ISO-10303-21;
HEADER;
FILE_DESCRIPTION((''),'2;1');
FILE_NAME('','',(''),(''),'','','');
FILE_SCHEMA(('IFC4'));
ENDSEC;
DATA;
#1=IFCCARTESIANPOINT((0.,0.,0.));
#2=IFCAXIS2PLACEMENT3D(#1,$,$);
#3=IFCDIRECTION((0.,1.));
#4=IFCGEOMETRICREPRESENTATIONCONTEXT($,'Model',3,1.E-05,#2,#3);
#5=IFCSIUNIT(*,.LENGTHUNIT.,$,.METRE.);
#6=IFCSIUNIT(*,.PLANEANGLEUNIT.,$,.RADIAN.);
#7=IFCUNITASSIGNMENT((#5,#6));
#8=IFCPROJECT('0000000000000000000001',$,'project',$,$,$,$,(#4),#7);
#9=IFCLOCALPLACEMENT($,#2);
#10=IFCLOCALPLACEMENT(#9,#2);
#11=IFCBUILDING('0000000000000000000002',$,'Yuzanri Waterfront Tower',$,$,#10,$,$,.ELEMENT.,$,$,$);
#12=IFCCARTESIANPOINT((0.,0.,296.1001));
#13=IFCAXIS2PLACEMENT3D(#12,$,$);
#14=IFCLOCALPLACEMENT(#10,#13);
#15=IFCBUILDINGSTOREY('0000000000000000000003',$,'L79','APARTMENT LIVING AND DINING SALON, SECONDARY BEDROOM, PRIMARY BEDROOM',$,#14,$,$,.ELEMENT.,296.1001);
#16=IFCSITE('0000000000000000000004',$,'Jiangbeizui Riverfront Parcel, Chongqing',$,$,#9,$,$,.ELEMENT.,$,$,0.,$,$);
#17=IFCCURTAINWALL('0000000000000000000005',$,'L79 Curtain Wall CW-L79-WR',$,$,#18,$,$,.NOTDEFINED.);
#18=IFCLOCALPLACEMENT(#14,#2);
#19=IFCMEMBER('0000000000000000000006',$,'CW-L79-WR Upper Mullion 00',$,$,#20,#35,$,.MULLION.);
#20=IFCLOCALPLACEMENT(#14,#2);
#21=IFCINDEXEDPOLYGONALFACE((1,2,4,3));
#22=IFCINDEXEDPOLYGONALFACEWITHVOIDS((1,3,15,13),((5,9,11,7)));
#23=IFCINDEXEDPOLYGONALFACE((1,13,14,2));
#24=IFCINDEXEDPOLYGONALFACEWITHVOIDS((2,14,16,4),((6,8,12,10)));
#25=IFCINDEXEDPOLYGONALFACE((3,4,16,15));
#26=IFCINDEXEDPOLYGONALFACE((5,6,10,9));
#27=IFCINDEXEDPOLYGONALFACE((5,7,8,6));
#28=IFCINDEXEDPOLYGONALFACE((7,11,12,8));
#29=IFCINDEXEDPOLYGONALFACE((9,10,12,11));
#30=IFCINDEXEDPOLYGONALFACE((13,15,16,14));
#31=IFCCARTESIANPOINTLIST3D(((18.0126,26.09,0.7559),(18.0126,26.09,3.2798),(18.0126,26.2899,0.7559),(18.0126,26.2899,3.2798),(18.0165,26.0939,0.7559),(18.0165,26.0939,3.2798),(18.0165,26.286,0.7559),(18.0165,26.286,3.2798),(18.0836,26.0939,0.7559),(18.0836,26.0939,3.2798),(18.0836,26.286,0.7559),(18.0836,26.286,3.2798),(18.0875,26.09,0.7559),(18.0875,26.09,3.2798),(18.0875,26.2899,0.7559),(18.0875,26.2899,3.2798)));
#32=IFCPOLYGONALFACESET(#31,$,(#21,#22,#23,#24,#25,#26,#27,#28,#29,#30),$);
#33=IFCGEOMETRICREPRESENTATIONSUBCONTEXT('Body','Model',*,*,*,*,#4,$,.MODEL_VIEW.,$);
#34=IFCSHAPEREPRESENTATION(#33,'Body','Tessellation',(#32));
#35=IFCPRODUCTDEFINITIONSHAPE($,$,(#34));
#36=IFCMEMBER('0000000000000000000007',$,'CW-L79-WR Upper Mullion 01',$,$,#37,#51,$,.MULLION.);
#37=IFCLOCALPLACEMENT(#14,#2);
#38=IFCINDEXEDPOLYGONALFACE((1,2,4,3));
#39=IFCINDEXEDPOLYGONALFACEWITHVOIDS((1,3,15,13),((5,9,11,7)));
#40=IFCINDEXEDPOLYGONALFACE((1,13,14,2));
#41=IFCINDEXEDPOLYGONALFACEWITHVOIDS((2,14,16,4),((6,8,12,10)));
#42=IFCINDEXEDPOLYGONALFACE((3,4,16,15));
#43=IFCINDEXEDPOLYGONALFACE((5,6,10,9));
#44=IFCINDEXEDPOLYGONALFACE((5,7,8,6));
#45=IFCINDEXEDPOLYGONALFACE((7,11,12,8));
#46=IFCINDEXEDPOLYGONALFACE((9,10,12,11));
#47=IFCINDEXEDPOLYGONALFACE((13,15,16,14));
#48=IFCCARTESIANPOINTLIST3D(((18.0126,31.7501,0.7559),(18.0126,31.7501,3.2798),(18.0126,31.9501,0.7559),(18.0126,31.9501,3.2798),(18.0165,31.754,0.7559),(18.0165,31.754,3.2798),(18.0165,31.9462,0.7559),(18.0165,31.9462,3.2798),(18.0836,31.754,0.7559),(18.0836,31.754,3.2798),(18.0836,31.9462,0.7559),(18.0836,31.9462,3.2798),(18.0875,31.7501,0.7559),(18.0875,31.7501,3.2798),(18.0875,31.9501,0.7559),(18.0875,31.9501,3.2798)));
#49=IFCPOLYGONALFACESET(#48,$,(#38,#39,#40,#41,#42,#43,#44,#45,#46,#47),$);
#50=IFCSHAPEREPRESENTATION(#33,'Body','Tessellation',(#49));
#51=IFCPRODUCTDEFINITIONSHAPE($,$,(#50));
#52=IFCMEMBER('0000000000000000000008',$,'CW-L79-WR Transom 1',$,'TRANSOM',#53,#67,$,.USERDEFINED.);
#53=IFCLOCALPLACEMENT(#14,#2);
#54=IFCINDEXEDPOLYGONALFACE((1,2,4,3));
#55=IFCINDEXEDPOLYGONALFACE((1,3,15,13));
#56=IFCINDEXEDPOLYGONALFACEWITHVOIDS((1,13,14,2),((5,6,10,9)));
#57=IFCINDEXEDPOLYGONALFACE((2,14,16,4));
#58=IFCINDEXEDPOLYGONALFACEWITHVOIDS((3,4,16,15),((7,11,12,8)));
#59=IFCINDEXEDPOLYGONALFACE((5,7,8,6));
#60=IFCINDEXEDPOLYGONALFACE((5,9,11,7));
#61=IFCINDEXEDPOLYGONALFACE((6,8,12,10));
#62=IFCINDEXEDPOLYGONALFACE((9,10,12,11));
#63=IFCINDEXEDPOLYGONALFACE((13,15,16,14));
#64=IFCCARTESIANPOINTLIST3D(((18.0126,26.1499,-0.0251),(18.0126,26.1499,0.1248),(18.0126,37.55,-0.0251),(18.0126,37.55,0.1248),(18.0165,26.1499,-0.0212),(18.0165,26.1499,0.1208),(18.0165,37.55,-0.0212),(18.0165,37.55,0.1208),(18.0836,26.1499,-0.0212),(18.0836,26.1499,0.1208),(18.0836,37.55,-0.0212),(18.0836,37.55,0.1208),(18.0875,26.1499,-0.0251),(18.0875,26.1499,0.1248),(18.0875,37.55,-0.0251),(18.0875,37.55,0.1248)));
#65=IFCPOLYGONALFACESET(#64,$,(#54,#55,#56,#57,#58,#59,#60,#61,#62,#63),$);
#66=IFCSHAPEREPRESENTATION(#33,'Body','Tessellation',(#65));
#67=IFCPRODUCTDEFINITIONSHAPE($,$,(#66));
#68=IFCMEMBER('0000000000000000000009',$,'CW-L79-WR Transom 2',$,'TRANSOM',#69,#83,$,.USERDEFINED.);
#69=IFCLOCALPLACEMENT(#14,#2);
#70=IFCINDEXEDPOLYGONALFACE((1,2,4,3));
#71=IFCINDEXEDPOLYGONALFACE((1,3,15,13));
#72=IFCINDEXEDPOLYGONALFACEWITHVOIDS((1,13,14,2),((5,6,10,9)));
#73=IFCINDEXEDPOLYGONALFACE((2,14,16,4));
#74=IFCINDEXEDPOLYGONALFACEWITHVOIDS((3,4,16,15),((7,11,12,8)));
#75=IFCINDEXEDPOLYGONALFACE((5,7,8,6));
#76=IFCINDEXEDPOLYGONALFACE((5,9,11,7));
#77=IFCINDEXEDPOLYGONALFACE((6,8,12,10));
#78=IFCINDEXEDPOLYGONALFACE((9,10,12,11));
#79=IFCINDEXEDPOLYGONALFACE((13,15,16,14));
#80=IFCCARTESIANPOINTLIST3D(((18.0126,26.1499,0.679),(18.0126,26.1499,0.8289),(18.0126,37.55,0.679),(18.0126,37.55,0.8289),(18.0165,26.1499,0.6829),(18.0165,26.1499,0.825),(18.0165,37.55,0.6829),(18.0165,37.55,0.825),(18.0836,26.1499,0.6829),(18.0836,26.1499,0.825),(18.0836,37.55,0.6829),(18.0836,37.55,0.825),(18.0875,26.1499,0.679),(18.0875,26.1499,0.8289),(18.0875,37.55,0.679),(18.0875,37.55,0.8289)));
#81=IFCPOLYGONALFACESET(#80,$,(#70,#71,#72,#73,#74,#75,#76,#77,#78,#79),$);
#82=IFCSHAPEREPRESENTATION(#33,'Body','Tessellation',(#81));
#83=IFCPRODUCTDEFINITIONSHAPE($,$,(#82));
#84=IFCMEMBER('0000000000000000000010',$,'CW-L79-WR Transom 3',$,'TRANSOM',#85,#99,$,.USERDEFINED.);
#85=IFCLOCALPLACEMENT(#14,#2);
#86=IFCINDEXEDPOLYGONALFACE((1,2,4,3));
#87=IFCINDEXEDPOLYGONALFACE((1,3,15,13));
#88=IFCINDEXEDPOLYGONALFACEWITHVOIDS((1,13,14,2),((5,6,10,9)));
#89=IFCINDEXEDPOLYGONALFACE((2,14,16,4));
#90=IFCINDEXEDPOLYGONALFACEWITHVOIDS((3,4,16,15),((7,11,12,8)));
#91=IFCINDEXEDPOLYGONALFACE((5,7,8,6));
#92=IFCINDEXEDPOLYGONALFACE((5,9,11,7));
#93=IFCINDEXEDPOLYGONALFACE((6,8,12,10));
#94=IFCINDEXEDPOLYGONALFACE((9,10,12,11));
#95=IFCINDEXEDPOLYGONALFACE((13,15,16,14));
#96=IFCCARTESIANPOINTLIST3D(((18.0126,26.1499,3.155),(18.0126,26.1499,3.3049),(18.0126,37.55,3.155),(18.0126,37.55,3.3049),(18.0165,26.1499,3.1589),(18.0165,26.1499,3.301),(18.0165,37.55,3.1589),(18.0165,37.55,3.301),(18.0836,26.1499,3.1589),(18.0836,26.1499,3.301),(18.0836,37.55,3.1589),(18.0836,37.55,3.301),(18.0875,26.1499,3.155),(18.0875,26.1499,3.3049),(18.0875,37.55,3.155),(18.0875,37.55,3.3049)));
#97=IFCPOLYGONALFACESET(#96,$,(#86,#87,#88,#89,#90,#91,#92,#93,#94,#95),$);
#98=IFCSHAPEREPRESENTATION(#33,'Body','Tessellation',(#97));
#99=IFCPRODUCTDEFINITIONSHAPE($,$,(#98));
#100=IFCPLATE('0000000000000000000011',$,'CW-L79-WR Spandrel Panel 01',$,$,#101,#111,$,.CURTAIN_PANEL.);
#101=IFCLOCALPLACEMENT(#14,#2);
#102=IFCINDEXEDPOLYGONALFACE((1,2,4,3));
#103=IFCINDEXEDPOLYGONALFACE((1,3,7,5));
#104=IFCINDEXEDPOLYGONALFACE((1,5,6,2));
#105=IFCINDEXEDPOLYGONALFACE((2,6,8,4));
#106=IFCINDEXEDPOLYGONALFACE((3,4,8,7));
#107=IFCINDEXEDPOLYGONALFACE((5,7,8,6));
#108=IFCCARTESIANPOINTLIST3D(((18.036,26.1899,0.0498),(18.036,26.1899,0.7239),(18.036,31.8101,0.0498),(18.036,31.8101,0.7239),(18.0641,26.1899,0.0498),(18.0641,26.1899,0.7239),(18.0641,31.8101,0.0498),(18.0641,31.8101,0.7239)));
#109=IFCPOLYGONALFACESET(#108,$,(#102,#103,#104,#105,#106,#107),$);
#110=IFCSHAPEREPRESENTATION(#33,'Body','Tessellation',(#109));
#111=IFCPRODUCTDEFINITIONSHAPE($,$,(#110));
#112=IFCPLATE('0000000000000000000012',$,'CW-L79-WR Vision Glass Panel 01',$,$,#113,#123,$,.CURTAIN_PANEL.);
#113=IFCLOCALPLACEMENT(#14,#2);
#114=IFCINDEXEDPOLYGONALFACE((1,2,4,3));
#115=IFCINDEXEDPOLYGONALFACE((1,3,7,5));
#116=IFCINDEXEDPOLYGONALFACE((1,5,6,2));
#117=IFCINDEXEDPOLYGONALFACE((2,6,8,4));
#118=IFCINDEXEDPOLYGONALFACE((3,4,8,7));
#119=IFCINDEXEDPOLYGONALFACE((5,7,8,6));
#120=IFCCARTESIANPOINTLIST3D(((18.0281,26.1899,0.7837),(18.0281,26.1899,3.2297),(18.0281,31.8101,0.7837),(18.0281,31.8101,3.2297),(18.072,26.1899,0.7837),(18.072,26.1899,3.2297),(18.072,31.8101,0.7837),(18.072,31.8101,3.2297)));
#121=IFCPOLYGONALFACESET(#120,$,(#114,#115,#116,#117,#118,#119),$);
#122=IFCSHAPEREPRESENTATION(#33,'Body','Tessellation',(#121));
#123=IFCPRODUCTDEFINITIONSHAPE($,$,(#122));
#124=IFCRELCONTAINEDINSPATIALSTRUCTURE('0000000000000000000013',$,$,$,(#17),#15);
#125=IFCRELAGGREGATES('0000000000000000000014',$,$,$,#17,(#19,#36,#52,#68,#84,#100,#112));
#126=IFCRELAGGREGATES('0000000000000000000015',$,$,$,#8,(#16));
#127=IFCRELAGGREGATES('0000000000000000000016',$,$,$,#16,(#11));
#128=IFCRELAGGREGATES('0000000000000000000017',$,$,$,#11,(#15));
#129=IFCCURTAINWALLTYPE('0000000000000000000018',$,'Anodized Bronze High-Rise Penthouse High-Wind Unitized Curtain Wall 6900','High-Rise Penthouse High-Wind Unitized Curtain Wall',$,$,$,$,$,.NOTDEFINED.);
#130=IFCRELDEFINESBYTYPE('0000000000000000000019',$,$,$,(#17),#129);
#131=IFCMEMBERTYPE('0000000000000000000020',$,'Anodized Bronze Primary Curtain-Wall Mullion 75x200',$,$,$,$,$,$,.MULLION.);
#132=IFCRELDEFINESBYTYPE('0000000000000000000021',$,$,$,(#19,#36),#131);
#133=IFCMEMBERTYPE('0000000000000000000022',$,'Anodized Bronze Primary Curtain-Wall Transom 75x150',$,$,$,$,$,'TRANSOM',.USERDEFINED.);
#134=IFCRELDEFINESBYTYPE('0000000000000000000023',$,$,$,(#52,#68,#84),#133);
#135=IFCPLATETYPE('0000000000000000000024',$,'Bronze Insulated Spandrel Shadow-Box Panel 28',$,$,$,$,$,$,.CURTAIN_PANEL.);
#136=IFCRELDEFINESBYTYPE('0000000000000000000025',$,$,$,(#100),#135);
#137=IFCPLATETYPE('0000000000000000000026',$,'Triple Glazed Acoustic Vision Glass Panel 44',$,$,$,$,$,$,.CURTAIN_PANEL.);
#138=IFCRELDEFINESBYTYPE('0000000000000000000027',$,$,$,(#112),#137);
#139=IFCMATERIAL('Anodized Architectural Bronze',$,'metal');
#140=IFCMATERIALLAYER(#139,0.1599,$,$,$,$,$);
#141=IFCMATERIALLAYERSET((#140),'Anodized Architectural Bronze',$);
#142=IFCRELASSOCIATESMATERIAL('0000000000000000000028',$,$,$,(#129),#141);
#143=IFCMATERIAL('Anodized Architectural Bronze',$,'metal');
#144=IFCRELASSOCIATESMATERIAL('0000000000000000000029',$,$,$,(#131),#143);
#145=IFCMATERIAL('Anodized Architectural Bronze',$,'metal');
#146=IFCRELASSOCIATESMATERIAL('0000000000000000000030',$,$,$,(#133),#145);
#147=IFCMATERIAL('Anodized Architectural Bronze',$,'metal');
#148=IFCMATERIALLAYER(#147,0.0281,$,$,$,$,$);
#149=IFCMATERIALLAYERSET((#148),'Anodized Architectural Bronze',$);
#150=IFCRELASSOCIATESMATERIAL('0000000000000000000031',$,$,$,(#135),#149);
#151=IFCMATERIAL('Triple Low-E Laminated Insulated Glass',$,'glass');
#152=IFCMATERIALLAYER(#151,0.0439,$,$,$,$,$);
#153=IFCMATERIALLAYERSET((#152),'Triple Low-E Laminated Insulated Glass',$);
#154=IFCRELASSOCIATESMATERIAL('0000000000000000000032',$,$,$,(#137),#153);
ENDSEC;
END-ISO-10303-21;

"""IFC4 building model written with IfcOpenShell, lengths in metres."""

from ifc_helpers import new_model, si_unit, direction, frame, origin, origin_2d, place, context, subcontext, project, spatial, rectangle, hollow_rectangle, extrude, source, transform, mapped, material, layer, layer_set, material_profile, profile_set, type_object, element, aggregate, save


model = new_model("IFC4")

# Units and contexts
model_context = context("Model", 3, precision=1e-05, world=origin(), true_north=direction((0.0, 1.0)))
body_context = subcontext(model_context, "Body", "Model", "MODEL_VIEW")
ifc_project = project(units=[si_unit("LENGTHUNIT", "METRE"), si_unit("PLANEANGLEUNIT", "RADIAN")], contexts=[model_context])

# Site, building, storey
site_placement = place(None, origin())
site = spatial("IfcSite", under=ifc_project, at=site_placement, Name="Jiangbeizui Riverfront Parcel, Chongqing", CompositionType="ELEMENT", RefElevation=0.0)
building_placement = place(site_placement, origin())
building = spatial("IfcBuilding", under=site, at=building_placement, Name="Yuzanri Waterfront Tower", CompositionType="ELEMENT")
storey_placement = place(building_placement, frame((0.0, 0.0, 296.1001)))
storey = spatial("IfcBuildingStorey", under=building, at=storey_placement, Name="L79", Description="APARTMENT LIVING AND DINING SALON, SECONDARY BEDROOM, PRIMARY BEDROOM", CompositionType="ELEMENT", Elevation=296.1001)

# Shared definitions
ifc_material_1 = material(Name="Anodized Architectural Bronze", Category="metal")
ifc_layer_1 = layer(ifc_material_1, 0.1599)
ifc_layer_set_1 = layer_set([ifc_layer_1], Name="Anodized Architectural Bronze")
curtain_wall_type = type_object("IfcCurtainWallType", Name="Anodized Bronze High-Rise Penthouse High-Wind Unitized Curtain Wall 6900", Description="High-Rise Penthouse High-Wind Unitized Curtain Wall", PredefinedType="NOTDEFINED", material=ifc_layer_set_1)
ifc_material_2 = material(Name="Anodized Architectural Bronze", Category="metal")
ifc_material_profile_1 = material_profile(ifc_material_2, hollow_rectangle(XDim=0.075, YDim=0.2, WallThickness=0.0039, at=origin_2d()), Name="CWM 75x200")
ifc_profile_set_1 = profile_set([ifc_material_profile_1], Name="Anodized Architectural Bronze")
member_type_1 = type_object("IfcMemberType", Name="Anodized Bronze Primary Curtain-Wall Mullion 75x200", PredefinedType="MULLION", material=ifc_profile_set_1)

# Curtain wall
curtain_wall_1_placement = place(storey_placement, origin())
curtain_wall_1 = element("IfcCurtainWall", 1, at=curtain_wall_1_placement, inside=storey, type_object=curtain_wall_type, Name="L79 Curtain Wall CW-L79-WR", PredefinedType="NOTDEFINED")

# Members
shared_shape_1 = source(origin(), body_context, "Body", "SweptSolid", [
    extrude(hollow_rectangle(XDim=0.075, YDim=0.2, WallThickness=0.0039, at=origin_2d()), origin(), (0.0, 0.0, 1.0), 2.5239),
])
member_1_placement = place(storey_placement, frame((18.05, 26.1899, 0.7559), z_axis=(0.0, 0.0, 1.0), x_axis=(1.0, 0.0, 0.0)))
member_1 = element("IfcMember", 2, at=member_1_placement, type_object=member_type_1, Name="CW-L79-WR Upper Mullion 00", PredefinedType="MULLION", context=body_context, shape_type="MappedRepresentation", body=[
    mapped(shared_shape_1, transform((0.0, 0.0, 0.0), scale=1.0)),
])
member_2_placement = place(storey_placement, frame((18.05, 31.8501, 0.7559), z_axis=(0.0, 0.0, 1.0), x_axis=(1.0, 0.0, 0.0)))
member_2 = element("IfcMember", 3, at=member_2_placement, type_object=member_type_1, Name="CW-L79-WR Upper Mullion 01", PredefinedType="MULLION", context=body_context, shape_type="MappedRepresentation", body=[
    mapped(shared_shape_1, transform((0.0, 0.0, 0.0), scale=1.0)),
])
ifc_material_3 = material(Name="Anodized Architectural Bronze", Category="metal")
ifc_material_profile_2 = material_profile(ifc_material_3, hollow_rectangle(XDim=0.075, YDim=0.1499, WallThickness=0.0039, at=origin_2d()), Name="CWT 75x150")
ifc_profile_set_2 = profile_set([ifc_material_profile_2], Name="Anodized Architectural Bronze")
member_type_2 = type_object("IfcMemberType", Name="Anodized Bronze Primary Curtain-Wall Transom 75x150", ElementType="TRANSOM", PredefinedType="USERDEFINED", material=ifc_profile_set_2)
shared_shape_2 = source(origin(), body_context, "Body", "SweptSolid", [
    extrude(hollow_rectangle(XDim=0.075, YDim=0.1499, WallThickness=0.0039, at=origin_2d()), origin(), (0.0, 0.0, 1.0), 11.4001),
])
member_3_placement = place(storey_placement, frame((18.05, 26.1499, 0.0498), z_axis=(0.0, 1.0, 0.0), x_axis=(-1.0, 0.0, 0.0)))
member_3 = element("IfcMember", 4, at=member_3_placement, type_object=member_type_2, Name="CW-L79-WR Transom 1", ObjectType="TRANSOM", PredefinedType="USERDEFINED", context=body_context, shape_type="MappedRepresentation", body=[
    mapped(shared_shape_2, transform((0.0, 0.0, 0.0), scale=1.0)),
])
member_4_placement = place(storey_placement, frame((18.05, 26.1499, 0.7539), z_axis=(0.0, 1.0, 0.0), x_axis=(-1.0, 0.0, 0.0)))
member_4 = element("IfcMember", 5, at=member_4_placement, type_object=member_type_2, Name="CW-L79-WR Transom 2", ObjectType="TRANSOM", PredefinedType="USERDEFINED", context=body_context, shape_type="MappedRepresentation", body=[
    mapped(shared_shape_2, transform((0.0, 0.0, 0.0), scale=1.0)),
])
member_5_placement = place(storey_placement, frame((18.05, 26.1499, 3.23), z_axis=(0.0, 1.0, 0.0), x_axis=(-1.0, 0.0, 0.0)))
member_5 = element("IfcMember", 6, at=member_5_placement, type_object=member_type_2, Name="CW-L79-WR Transom 3", ObjectType="TRANSOM", PredefinedType="USERDEFINED", context=body_context, shape_type="MappedRepresentation", body=[
    mapped(shared_shape_2, transform((0.0, 0.0, 0.0), scale=1.0)),
])

# Plates
ifc_material_4 = material(Name="Anodized Architectural Bronze", Category="metal")
ifc_layer_2 = layer(ifc_material_4, 0.0281)
ifc_layer_set_2 = layer_set([ifc_layer_2], Name="Anodized Architectural Bronze")
plate_type_1 = type_object("IfcPlateType", Name="Bronze Insulated Spandrel Shadow-Box Panel 28", PredefinedType="CURTAIN_PANEL", material=ifc_layer_set_2)
shared_shape_3 = source(origin(), body_context, "Body", "SweptSolid", [
    extrude(rectangle(XDim=5.6201, YDim=0.0281, at=origin_2d()), origin(), (0.0, 0.0, 1.0), 0.6741),
])
plate_1_placement = place(storey_placement, frame((18.05, 29.0, 0.0498), z_axis=(0.0, 0.0, 1.0), x_axis=(0.0, 1.0, 0.0)))
plate_1 = element("IfcPlate", 7, at=plate_1_placement, type_object=plate_type_1, Name="CW-L79-WR Spandrel Panel 01", PredefinedType="CURTAIN_PANEL", context=body_context, shape_type="MappedRepresentation", body=[
    mapped(shared_shape_3, transform((0.0, 0.0, 0.0), scale=1.0)),
])
ifc_material_5 = material(Name="Triple Low-E Laminated Insulated Glass", Category="glass")
ifc_layer_3 = layer(ifc_material_5, 0.0439)
ifc_layer_set_3 = layer_set([ifc_layer_3], Name="Triple Low-E Laminated Insulated Glass")
plate_type_2 = type_object("IfcPlateType", Name="Triple Glazed Acoustic Vision Glass Panel 44", PredefinedType="CURTAIN_PANEL", material=ifc_layer_set_3)
shared_shape_4 = source(origin(), body_context, "Body", "SweptSolid", [
    extrude(rectangle(XDim=5.6201, YDim=0.0439, at=origin_2d()), origin(), (0.0, 0.0, 1.0), 2.446),
])
plate_2_placement = place(storey_placement, frame((18.05, 29.0, 0.7837), z_axis=(0.0, 0.0, 1.0), x_axis=(0.0, 1.0, 0.0)))
plate_2 = element("IfcPlate", 8, at=plate_2_placement, type_object=plate_type_2, Name="CW-L79-WR Vision Glass Panel 01", PredefinedType="CURTAIN_PANEL", context=body_context, shape_type="MappedRepresentation", body=[
    mapped(shared_shape_4, transform((0.0, 0.0, 0.0), scale=1.0)),
])
aggregate(curtain_wall_1, [member_1, member_2, member_3, member_4, member_5, plate_1, plate_2])

save(model, "model.ifc")
